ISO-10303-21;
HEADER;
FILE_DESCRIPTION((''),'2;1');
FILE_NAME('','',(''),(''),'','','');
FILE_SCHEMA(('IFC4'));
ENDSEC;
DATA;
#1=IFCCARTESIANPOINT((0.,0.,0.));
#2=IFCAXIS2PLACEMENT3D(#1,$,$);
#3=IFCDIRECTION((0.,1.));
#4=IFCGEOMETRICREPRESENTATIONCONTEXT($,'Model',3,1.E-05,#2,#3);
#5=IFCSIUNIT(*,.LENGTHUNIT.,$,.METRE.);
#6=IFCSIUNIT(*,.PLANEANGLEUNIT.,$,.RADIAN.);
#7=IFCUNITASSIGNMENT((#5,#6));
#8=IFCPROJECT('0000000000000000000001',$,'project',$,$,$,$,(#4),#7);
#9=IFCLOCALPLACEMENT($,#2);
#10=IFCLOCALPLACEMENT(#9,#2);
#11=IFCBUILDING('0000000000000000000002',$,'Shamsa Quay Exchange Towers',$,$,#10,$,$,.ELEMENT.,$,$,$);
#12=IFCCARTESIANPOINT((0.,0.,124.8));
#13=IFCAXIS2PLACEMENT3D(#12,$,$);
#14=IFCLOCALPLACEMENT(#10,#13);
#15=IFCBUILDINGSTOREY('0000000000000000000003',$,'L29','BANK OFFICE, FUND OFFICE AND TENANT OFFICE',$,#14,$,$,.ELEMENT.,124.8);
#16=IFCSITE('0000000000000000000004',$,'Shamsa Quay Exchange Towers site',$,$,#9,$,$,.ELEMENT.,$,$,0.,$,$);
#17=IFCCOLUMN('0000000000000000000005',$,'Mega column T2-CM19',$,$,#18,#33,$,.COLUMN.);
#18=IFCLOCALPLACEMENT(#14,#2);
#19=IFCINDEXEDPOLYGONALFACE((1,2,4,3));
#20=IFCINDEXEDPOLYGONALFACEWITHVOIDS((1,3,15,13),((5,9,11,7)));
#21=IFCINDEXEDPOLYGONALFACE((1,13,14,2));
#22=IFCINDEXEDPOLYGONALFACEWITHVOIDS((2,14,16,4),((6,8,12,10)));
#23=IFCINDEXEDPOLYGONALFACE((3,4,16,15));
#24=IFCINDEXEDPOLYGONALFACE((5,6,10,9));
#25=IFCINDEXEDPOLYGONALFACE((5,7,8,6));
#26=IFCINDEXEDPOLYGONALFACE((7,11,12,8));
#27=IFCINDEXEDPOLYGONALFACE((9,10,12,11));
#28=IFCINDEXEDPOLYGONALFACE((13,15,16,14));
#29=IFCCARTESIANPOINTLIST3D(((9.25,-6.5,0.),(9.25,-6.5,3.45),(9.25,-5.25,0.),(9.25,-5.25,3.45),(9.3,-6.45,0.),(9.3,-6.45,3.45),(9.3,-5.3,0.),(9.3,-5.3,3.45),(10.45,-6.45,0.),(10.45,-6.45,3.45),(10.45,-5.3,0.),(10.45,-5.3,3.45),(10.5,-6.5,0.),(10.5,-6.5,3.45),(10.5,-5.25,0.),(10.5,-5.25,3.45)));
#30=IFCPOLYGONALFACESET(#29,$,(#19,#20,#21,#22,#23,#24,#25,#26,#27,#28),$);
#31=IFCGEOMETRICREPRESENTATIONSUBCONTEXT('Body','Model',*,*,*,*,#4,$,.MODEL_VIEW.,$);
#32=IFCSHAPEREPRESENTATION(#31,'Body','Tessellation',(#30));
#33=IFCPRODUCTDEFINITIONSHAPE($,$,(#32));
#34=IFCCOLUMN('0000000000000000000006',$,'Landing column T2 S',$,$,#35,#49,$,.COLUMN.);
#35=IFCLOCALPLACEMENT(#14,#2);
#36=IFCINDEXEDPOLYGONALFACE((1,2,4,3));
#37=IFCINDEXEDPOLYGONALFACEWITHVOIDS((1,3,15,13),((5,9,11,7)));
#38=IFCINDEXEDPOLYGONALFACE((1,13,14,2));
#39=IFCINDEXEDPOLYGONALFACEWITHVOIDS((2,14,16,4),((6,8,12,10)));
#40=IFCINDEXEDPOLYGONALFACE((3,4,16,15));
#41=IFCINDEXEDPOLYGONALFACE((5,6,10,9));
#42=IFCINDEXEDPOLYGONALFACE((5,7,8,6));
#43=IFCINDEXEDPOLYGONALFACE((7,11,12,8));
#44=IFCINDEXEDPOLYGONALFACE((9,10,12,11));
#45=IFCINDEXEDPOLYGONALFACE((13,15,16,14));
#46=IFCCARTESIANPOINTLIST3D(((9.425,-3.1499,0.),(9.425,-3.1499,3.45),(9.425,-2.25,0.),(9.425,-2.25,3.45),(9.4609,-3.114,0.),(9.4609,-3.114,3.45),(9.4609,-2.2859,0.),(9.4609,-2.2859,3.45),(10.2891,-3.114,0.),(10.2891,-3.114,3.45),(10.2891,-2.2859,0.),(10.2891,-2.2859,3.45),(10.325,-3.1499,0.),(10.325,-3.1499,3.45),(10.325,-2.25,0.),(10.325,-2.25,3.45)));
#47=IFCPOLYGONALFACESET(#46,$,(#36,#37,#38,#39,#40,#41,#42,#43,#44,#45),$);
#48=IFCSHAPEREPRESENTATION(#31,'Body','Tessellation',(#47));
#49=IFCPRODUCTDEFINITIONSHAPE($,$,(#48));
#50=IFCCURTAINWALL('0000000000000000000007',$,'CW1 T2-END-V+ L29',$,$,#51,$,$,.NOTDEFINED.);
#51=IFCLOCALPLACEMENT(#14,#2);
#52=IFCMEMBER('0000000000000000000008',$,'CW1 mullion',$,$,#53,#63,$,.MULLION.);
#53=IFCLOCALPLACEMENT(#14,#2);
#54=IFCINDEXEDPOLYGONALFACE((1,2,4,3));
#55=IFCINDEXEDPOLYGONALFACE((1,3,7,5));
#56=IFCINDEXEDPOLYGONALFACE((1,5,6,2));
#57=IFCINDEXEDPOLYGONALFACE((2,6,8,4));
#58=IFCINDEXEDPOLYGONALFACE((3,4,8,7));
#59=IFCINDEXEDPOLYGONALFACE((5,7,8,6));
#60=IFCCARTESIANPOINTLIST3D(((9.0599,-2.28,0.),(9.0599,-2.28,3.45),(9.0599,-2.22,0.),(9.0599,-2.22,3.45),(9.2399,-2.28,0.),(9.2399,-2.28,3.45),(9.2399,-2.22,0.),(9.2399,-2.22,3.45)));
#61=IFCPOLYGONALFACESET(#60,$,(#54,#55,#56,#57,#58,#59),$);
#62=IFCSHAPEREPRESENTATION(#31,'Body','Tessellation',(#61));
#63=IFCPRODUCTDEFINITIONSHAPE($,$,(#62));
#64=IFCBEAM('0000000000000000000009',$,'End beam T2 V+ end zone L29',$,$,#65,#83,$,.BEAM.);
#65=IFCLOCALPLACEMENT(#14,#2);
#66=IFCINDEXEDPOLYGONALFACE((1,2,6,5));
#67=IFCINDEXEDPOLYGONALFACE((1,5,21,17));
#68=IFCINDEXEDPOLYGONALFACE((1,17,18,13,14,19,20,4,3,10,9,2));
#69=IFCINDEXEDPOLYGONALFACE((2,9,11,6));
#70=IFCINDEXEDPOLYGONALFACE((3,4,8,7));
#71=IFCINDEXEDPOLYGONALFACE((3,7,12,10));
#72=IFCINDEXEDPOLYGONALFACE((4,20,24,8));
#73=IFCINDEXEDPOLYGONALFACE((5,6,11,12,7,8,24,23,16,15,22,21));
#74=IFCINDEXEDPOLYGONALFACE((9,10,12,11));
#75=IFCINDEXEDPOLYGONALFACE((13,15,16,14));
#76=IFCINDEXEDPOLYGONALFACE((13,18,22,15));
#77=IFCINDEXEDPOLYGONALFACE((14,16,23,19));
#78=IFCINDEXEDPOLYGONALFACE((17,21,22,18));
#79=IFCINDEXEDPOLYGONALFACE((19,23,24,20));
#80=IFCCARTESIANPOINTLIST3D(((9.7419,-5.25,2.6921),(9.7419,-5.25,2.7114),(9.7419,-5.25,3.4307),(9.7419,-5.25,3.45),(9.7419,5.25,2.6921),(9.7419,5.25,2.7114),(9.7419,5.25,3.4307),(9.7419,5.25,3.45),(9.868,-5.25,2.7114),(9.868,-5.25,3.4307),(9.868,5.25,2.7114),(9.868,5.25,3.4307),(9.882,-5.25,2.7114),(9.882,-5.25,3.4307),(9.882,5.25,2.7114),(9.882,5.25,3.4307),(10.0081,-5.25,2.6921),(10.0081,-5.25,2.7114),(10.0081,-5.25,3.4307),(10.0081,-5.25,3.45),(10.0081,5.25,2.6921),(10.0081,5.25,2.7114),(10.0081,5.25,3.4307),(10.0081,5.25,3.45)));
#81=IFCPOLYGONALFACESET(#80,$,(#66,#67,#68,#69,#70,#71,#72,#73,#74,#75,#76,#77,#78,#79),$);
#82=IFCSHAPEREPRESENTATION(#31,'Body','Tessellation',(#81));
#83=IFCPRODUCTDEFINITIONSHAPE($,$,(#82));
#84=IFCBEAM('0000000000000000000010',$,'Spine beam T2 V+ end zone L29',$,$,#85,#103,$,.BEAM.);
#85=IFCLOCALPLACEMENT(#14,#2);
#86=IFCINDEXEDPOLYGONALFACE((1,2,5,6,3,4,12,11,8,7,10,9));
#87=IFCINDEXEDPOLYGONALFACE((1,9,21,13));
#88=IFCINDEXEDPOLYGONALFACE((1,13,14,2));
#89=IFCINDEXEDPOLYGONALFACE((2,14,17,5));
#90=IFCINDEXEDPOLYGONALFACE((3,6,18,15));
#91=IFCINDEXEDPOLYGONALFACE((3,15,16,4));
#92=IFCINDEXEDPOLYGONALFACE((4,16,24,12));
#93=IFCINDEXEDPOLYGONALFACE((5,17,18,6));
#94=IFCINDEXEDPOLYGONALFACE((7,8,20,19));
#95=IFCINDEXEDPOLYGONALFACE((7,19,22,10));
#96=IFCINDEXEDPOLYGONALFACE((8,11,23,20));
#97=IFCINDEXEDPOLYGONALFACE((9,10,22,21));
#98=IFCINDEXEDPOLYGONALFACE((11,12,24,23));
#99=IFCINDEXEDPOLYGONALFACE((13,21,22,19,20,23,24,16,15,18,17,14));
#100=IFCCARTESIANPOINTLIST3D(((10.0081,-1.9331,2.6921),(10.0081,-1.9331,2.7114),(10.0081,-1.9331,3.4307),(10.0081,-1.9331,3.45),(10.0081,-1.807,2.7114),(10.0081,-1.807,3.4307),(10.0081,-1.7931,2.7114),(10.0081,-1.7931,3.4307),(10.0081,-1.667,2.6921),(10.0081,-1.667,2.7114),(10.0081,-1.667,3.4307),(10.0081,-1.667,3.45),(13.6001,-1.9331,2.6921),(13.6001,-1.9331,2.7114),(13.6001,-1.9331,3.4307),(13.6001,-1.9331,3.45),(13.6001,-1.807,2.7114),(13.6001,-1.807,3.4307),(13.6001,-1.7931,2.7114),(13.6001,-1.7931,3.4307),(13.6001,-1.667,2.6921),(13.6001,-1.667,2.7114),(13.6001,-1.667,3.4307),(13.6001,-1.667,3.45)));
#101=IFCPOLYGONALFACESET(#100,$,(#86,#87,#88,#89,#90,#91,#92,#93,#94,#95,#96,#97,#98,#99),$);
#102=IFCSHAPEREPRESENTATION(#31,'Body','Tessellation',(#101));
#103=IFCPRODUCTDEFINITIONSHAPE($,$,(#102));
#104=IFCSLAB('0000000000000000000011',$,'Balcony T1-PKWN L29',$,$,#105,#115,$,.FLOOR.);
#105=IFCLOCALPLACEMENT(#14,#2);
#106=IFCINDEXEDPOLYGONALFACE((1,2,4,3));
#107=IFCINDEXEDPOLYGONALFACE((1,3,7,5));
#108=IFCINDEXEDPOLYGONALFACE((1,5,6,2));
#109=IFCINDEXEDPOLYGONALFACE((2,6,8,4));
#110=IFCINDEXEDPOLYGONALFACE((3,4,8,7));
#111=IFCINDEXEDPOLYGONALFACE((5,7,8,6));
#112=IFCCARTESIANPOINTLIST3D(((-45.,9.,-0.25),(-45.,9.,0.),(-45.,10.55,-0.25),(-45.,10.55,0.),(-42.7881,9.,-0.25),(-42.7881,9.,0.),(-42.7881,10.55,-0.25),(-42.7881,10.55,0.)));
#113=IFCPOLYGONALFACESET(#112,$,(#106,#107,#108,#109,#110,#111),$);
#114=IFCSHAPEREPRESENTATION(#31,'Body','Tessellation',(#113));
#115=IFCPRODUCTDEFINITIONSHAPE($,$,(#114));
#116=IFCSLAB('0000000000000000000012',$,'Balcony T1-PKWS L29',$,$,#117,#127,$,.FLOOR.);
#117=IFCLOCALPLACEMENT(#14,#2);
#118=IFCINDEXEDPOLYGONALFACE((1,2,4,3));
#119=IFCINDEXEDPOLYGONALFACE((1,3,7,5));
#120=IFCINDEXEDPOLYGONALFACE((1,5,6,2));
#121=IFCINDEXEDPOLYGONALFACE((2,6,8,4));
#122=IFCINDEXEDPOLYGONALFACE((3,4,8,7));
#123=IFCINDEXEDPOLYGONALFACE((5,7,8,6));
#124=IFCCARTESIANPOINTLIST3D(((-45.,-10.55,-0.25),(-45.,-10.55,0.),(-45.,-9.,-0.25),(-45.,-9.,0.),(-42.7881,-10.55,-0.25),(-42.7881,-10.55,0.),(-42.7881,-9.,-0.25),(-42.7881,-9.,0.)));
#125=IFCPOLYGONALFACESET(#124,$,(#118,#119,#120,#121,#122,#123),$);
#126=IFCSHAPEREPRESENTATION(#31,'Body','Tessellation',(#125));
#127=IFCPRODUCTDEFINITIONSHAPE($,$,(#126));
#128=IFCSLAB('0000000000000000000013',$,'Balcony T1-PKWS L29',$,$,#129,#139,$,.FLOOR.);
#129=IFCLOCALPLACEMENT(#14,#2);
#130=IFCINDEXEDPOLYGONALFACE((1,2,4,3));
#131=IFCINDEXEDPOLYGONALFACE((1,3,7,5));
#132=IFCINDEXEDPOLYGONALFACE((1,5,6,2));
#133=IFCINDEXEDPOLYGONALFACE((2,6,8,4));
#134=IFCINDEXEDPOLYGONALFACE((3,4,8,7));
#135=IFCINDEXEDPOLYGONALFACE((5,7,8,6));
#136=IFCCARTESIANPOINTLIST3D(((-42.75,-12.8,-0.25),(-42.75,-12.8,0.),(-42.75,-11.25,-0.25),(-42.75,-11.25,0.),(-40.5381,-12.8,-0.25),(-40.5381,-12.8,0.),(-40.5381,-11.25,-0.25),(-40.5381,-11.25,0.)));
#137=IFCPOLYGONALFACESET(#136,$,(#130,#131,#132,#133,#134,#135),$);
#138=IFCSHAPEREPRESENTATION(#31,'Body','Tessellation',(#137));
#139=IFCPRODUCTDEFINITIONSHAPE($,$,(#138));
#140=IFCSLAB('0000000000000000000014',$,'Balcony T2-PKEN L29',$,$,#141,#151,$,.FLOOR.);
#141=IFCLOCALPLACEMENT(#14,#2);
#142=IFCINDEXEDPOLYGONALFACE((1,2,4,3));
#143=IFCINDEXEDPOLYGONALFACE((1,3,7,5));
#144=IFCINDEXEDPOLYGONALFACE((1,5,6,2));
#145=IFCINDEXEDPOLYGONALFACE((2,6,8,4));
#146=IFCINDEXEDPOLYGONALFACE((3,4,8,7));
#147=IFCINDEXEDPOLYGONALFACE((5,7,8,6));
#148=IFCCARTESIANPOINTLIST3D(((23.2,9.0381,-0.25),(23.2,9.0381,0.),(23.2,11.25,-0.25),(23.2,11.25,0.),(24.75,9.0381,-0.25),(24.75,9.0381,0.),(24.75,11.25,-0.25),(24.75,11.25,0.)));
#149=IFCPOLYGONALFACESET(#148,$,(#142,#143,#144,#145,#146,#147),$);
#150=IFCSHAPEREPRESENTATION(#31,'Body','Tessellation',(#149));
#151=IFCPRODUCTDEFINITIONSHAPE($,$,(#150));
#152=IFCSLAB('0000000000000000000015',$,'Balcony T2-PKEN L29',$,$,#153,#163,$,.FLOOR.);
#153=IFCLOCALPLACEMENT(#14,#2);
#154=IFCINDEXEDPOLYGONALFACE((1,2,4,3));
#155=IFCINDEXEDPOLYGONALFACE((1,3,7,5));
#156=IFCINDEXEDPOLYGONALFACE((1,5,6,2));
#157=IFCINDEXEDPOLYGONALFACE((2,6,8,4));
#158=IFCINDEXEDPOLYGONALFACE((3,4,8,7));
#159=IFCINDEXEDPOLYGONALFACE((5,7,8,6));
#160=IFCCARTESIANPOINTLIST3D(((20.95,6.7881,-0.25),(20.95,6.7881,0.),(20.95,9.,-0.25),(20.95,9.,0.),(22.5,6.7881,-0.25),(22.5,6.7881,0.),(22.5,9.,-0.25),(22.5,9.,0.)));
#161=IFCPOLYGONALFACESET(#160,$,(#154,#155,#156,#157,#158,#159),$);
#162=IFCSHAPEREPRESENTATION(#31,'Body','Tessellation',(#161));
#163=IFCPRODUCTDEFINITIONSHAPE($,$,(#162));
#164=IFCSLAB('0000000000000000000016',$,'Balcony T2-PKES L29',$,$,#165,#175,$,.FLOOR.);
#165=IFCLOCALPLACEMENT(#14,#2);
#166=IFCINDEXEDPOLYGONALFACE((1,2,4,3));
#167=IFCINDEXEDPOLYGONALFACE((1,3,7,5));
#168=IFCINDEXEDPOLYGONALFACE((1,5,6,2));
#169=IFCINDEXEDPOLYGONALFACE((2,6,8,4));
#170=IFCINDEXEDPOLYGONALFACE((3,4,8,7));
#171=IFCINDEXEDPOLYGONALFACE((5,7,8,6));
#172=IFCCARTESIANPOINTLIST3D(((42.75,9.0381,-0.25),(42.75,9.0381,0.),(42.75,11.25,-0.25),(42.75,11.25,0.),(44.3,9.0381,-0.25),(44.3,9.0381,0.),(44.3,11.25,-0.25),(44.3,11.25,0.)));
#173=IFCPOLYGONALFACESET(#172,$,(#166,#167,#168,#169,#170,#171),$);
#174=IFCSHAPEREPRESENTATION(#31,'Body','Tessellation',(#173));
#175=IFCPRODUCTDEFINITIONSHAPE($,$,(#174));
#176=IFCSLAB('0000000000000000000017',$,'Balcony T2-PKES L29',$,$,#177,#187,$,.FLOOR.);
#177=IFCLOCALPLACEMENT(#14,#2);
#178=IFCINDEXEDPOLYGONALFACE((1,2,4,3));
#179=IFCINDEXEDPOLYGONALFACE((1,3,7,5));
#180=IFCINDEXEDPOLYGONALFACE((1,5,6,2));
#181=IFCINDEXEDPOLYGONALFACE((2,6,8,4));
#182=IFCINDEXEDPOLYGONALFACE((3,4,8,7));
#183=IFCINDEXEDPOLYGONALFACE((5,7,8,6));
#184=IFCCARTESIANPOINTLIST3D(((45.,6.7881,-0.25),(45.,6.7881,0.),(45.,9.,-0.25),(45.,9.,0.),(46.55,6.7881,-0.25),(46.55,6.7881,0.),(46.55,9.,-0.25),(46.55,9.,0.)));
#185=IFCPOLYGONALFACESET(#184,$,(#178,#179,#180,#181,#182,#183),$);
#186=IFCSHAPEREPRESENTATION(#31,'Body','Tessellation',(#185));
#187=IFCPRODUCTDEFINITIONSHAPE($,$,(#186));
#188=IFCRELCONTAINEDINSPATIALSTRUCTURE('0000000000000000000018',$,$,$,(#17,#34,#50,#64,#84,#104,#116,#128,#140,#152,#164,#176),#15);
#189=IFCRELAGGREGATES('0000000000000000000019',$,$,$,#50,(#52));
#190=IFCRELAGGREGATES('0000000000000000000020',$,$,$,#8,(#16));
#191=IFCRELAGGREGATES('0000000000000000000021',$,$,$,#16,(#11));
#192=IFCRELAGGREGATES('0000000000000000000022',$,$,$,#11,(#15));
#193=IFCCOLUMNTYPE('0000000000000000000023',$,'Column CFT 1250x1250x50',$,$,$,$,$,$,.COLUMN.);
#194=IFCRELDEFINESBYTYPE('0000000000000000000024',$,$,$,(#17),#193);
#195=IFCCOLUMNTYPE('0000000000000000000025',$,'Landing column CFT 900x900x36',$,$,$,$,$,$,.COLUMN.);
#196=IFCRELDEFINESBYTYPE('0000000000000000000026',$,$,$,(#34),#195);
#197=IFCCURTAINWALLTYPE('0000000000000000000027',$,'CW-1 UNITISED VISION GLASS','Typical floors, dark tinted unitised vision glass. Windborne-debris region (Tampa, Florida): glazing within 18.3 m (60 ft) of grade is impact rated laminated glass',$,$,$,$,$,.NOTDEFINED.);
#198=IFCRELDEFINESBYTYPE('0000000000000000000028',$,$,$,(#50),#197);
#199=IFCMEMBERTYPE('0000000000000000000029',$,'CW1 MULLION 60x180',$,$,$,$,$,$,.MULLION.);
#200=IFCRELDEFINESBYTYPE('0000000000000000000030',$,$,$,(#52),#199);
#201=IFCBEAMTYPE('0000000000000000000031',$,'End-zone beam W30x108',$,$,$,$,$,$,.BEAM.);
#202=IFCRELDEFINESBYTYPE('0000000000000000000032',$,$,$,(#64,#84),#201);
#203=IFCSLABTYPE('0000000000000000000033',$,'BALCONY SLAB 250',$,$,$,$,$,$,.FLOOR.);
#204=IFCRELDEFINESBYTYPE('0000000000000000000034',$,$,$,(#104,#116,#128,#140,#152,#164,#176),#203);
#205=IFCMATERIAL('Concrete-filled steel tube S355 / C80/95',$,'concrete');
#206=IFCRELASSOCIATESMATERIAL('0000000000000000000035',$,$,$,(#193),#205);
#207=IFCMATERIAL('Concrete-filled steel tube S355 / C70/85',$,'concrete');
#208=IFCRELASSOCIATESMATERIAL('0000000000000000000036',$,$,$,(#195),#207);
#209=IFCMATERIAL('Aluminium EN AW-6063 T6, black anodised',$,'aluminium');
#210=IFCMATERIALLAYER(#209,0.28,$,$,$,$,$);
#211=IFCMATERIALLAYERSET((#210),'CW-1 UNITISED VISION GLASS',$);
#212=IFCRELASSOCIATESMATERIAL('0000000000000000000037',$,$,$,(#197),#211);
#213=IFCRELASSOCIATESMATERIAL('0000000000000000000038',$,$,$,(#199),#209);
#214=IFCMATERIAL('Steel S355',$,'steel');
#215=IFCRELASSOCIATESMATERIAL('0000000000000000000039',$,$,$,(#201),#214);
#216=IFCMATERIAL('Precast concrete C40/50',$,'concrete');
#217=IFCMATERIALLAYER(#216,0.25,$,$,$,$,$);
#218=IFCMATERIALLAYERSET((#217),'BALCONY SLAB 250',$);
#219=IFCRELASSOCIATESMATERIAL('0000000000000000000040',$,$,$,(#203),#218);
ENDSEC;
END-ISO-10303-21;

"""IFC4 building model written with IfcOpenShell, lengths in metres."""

from ifc_helpers import new_model, si_unit, direction, frame, origin, origin_2d, place, context, subcontext, project, spatial, polyline, rectangle, hollow_rectangle, i_section, outline, extrude, material, layer, layer_set, material_profile, profile_set, type_object, element, aggregate, save


model = new_model("IFC4")

# Units and contexts
model_context = context("Model", 3, precision=1e-05, world=origin(), true_north=direction((0.0, 1.0)))
body_context = subcontext(model_context, "Body", "Model", "MODEL_VIEW")
ifc_project = project(units=[si_unit("LENGTHUNIT", "METRE"), si_unit("PLANEANGLEUNIT", "RADIAN")], contexts=[model_context])

# Site, building, storey
site_placement = place(None, origin())
site = spatial("IfcSite", under=ifc_project, at=site_placement, Name="Shamsa Quay Exchange Towers site", CompositionType="ELEMENT", RefElevation=0.0)
building_placement = place(site_placement, origin())
building = spatial("IfcBuilding", under=site, at=building_placement, Name="Shamsa Quay Exchange Towers", CompositionType="ELEMENT")
storey_placement = place(building_placement, frame((0.0, 0.0, 124.8)))
storey = spatial("IfcBuildingStorey", under=building, at=storey_placement, Name="L29", Description="BANK OFFICE, FUND OFFICE AND TENANT OFFICE", CompositionType="ELEMENT", Elevation=124.8)

# Columns
ifc_material_1 = material(Name="Concrete-filled steel tube S355 / C80/95", Category="concrete")
ifc_material_profile_1 = material_profile(ifc_material_1, hollow_rectangle(XDim=1.25, YDim=1.25, WallThickness=0.05, at=origin_2d()), Name="CFT 1250x1250x50")
ifc_profile_set_1 = profile_set([ifc_material_profile_1], Name="Concrete-filled steel tube S355 / C80/95")
column_type_1 = type_object("IfcColumnType", Name="Column CFT 1250x1250x50", PredefinedType="COLUMN", material=ifc_profile_set_1)
column_1_placement = place(storey_placement, frame((9.875, -5.875, 0.0)))
element("IfcColumn", 1, at=column_1_placement, inside=storey, type_object=column_type_1, Name="Mega column T2-CM19", PredefinedType="COLUMN", context=body_context, shape_type="SweptSolid", body=[
    extrude(hollow_rectangle(XDim=1.25, YDim=1.25, WallThickness=0.05, at=origin_2d()), origin(), (0.0, 0.0, 1.0), 3.45),
])
ifc_material_2 = material(Name="Concrete-filled steel tube S355 / C70/85", Category="concrete")
ifc_material_profile_2 = material_profile(ifc_material_2, hollow_rectangle(XDim=0.8999, YDim=0.8999, WallThickness=0.0359, at=origin_2d()), Name="CFT 900x900x36")
ifc_profile_set_2 = profile_set([ifc_material_profile_2], Name="Concrete-filled steel tube S355 / C70/85")
column_type_2 = type_object("IfcColumnType", Name="Landing column CFT 900x900x36", PredefinedType="COLUMN", material=ifc_profile_set_2)
column_2_placement = place(storey_placement, frame((9.875, -2.7, 0.0)))
element("IfcColumn", 2, at=column_2_placement, inside=storey, type_object=column_type_2, Name="Landing column T2 S", PredefinedType="COLUMN", context=body_context, shape_type="SweptSolid", body=[
    extrude(hollow_rectangle(XDim=0.8999, YDim=0.8999, WallThickness=0.0359, at=origin_2d()), origin(), (0.0, 0.0, 1.0), 3.45),
])

# Curtain wall, member
ifc_material_3 = material(Name="Aluminium EN AW-6063 T6, black anodised", Category="aluminium")
ifc_layer_1 = layer(ifc_material_3, 0.28)
ifc_layer_set_1 = layer_set([ifc_layer_1], Name="CW-1 UNITISED VISION GLASS")
curtain_wall_type = type_object("IfcCurtainWallType", Name="CW-1 UNITISED VISION GLASS", Description="Typical floors, dark tinted unitised vision glass. Windborne-debris region (Tampa, Florida): glazing within 18.3 m (60 ft) of grade is impact rated laminated glass", PredefinedType="NOTDEFINED", material=ifc_layer_set_1)
curtain_wall_1_placement = place(storey_placement, origin())
curtain_wall_1 = element("IfcCurtainWall", 3, at=curtain_wall_1_placement, inside=storey, type_object=curtain_wall_type, Name="CW1 T2-END-V+ L29", PredefinedType="NOTDEFINED")
ifc_material_profile_3 = material_profile(ifc_material_3, rectangle(XDim=0.1799, YDim=0.0601, at=origin_2d()), Name="MU60x180")
ifc_profile_set_3 = profile_set([ifc_material_profile_3], Name="Aluminium EN AW-6063 T6, black anodised")
member_type = type_object("IfcMemberType", Name="CW1 MULLION 60x180", PredefinedType="MULLION", material=ifc_profile_set_3)
member_placement = place(storey_placement, frame((9.1499, -2.25, 0.0)))
member = element("IfcMember", 4, at=member_placement, type_object=member_type, Name="CW1 mullion", PredefinedType="MULLION", context=body_context, shape_type="SweptSolid", body=[
    extrude(rectangle(XDim=0.1799, YDim=0.0601, at=origin_2d()), origin(), (0.0, 0.0, 1.0), 3.45),
])

# Beams
ifc_material_4 = material(Name="Steel S355", Category="steel")
ifc_material_profile_4 = material_profile(ifc_material_4, i_section(OverallWidth=0.2661, OverallDepth=0.7578, WebThickness=0.0139, FlangeThickness=0.0193, at=origin_2d()), Name="W30x108")
ifc_profile_set_4 = profile_set([ifc_material_profile_4], Name="Steel S355")
beam_type = type_object("IfcBeamType", Name="End-zone beam W30x108", PredefinedType="BEAM", material=ifc_profile_set_4)
beam_1_placement = place(storey_placement, frame((9.875, -5.25, 3.071), z_axis=(0.0, 1.0, 0.0), x_axis=(-1.0, 0.0, 0.0)))
element("IfcBeam", 5, at=beam_1_placement, inside=storey, type_object=beam_type, Name="End beam T2 V+ end zone L29", PredefinedType="BEAM", context=body_context, shape_type="SweptSolid", body=[
    extrude(i_section(OverallWidth=0.2661, OverallDepth=0.7578, WebThickness=0.0139, FlangeThickness=0.0193, at=origin_2d()), origin(), (0.0, 0.0, 1.0), 10.5),
])
beam_2_placement = place(storey_placement, frame((13.6001, -1.8, 3.071), z_axis=(-1.0, 0.0, 0.0), x_axis=(0.0, -1.0, 0.0)))
element("IfcBeam", 6, at=beam_2_placement, inside=storey, type_object=beam_type, Name="Spine beam T2 V+ end zone L29", PredefinedType="BEAM", context=body_context, shape_type="SweptSolid", body=[
    extrude(i_section(OverallWidth=0.2661, OverallDepth=0.7578, WebThickness=0.0139, FlangeThickness=0.0193, at=origin_2d()), origin(), (0.0, 0.0, 1.0), 3.592),
])

# Slabs
ifc_material_5 = material(Name="Precast concrete C40/50", Category="concrete")
ifc_layer_2 = layer(ifc_material_5, 0.25)
ifc_layer_set_2 = layer_set([ifc_layer_2], Name="BALCONY SLAB 250")
slab_type = type_object("IfcSlabType", Name="BALCONY SLAB 250", PredefinedType="FLOOR", material=ifc_layer_set_2)
slab_1_placement = place(storey_placement, frame((0.0, 0.0, -0.25)))
element("IfcSlab", 7, at=slab_1_placement, inside=storey, type_object=slab_type, Name="Balcony T1-PKWN L29", PredefinedType="FLOOR", context=body_context, shape_type="SweptSolid", body=[
    extrude(outline(polyline([(-42.7881, 9.0), (-45.0, 9.0), (-45.0, 10.55), (-42.7881, 10.55), (-42.7881, 9.0)])), origin(), (0.0, 0.0, 1.0), 0.25),
])
slab_2_placement = place(storey_placement, frame((0.0, 0.0, -0.25)))
element("IfcSlab", 8, at=slab_2_placement, inside=storey, type_object=slab_type, Name="Balcony T1-PKWS L29", PredefinedType="FLOOR", context=body_context, shape_type="SweptSolid", body=[
    extrude(outline(polyline([(-45.0, -9.0), (-42.7881, -9.0), (-42.7881, -10.55), (-45.0, -10.55), (-45.0, -9.0)])), origin(), (0.0, 0.0, 1.0), 0.25),
])
slab_3_placement = place(storey_placement, frame((0.0, 0.0, -0.25)))
element("IfcSlab", 9, at=slab_3_placement, inside=storey, type_object=slab_type, Name="Balcony T1-PKWS L29", PredefinedType="FLOOR", context=body_context, shape_type="SweptSolid", body=[
    extrude(outline(polyline([(-42.75, -11.25), (-40.5381, -11.25), (-40.5381, -12.8), (-42.75, -12.8), (-42.75, -11.25)])), origin(), (0.0, 0.0, 1.0), 0.25),
])
slab_4_placement = place(storey_placement, frame((0.0, 0.0, -0.25)))
element("IfcSlab", 10, at=slab_4_placement, inside=storey, type_object=slab_type, Name="Balcony T2-PKEN L29", PredefinedType="FLOOR", context=body_context, shape_type="SweptSolid", body=[
    extrude(outline(polyline([(24.75, 11.25), (24.75, 9.0381), (23.2, 9.0381), (23.2, 11.25), (24.75, 11.25)])), origin(), (0.0, 0.0, 1.0), 0.25),
])
slab_5_placement = place(storey_placement, frame((0.0, 0.0, -0.25)))
element("IfcSlab", 11, at=slab_5_placement, inside=storey, type_object=slab_type, Name="Balcony T2-PKEN L29", PredefinedType="FLOOR", context=body_context, shape_type="SweptSolid", body=[
    extrude(outline(polyline([(22.5, 9.0), (22.5, 6.7881), (20.95, 6.7881), (20.95, 9.0), (22.5, 9.0)])), origin(), (0.0, 0.0, 1.0), 0.25),
])
slab_6_placement = place(storey_placement, frame((0.0, 0.0, -0.25)))
element("IfcSlab", 12, at=slab_6_placement, inside=storey, type_object=slab_type, Name="Balcony T2-PKES L29", PredefinedType="FLOOR", context=body_context, shape_type="SweptSolid", body=[
    extrude(outline(polyline([(42.75, 9.0381), (42.75, 11.25), (44.3, 11.25), (44.3, 9.0381), (42.75, 9.0381)])), origin(), (0.0, 0.0, 1.0), 0.25),
])
slab_7_placement = place(storey_placement, frame((0.0, 0.0, -0.25)))
element("IfcSlab", 13, at=slab_7_placement, inside=storey, type_object=slab_type, Name="Balcony T2-PKES L29", PredefinedType="FLOOR", context=body_context, shape_type="SweptSolid", body=[
    extrude(outline(polyline([(45.0, 6.7881), (45.0, 9.0), (46.55, 9.0), (46.55, 6.7881), (45.0, 6.7881)])), origin(), (0.0, 0.0, 1.0), 0.25),
])

aggregate(curtain_wall_1, [member])

save(model, "model.ifc")
